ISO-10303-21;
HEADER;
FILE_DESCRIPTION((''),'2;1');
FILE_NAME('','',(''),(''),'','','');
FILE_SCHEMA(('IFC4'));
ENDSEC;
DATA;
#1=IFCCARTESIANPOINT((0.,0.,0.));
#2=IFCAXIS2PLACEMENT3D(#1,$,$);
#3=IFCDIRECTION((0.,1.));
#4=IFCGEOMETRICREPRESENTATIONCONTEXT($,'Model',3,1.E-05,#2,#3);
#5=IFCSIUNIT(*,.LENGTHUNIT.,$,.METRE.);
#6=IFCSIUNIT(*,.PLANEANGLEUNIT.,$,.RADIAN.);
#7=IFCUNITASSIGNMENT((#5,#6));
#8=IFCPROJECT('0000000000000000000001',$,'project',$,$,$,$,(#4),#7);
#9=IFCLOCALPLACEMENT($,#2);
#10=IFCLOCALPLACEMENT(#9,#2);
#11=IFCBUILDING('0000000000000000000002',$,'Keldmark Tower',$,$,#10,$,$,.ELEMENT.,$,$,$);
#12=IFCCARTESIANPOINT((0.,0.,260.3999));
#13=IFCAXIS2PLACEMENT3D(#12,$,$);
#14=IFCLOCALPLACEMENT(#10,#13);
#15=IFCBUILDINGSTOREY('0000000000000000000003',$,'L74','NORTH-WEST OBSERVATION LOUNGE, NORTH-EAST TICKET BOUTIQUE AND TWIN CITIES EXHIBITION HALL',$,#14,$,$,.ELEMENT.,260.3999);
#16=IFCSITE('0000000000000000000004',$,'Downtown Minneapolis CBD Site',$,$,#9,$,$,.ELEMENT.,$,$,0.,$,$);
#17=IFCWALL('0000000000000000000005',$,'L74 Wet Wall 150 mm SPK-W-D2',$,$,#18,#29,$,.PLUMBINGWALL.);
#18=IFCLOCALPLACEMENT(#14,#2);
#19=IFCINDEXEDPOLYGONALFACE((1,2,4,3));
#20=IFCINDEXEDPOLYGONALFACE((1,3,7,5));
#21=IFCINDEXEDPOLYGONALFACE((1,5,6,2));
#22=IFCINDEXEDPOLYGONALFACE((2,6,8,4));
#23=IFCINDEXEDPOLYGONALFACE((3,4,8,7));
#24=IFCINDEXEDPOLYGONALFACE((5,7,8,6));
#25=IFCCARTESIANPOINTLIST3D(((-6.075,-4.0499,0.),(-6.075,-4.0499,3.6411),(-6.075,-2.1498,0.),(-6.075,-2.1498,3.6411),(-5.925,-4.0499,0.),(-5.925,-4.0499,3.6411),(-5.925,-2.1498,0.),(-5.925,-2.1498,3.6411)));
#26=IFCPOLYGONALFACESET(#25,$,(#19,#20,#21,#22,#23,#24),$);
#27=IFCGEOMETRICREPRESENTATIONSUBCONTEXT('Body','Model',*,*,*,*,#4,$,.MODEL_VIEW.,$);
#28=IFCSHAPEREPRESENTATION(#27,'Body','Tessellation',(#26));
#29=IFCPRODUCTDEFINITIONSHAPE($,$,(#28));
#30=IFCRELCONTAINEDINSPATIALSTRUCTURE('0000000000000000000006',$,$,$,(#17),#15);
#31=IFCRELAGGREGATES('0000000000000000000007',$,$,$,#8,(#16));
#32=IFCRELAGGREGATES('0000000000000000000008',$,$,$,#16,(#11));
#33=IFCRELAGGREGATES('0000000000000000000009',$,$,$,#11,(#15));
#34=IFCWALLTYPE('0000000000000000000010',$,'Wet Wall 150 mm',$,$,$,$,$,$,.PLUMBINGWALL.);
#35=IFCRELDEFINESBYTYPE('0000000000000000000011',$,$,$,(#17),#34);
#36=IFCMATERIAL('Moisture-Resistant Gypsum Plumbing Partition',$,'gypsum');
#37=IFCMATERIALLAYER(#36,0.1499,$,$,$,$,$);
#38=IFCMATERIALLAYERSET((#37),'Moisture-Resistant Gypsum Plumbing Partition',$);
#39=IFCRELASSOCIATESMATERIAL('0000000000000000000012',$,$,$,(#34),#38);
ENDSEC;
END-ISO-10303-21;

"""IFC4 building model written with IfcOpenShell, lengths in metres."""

from ifc_helpers import new_model, si_unit, direction, frame, frame_2d, origin, place, context, subcontext, project, spatial, rectangle, extrude, material, layer, layer_set, type_object, element, save


model = new_model("IFC4")

# Units and contexts
model_context = context("Model", 3, precision=1e-05, world=origin(), true_north=direction((0.0, 1.0)))
body_context = subcontext(model_context, "Body", "Model", "MODEL_VIEW")
ifc_project = project(units=[si_unit("LENGTHUNIT", "METRE"), si_unit("PLANEANGLEUNIT", "RADIAN")], contexts=[model_context])

# Site, building, storey
site_placement = place(None, origin())
site = spatial("IfcSite", under=ifc_project, at=site_placement, Name="Downtown Minneapolis CBD Site", CompositionType="ELEMENT", RefElevation=0.0)
building_placement = place(site_placement, origin())
building = spatial("IfcBuilding", under=site, at=building_placement, Name="Keldmark Tower", CompositionType="ELEMENT")
storey_placement = place(building_placement, frame((0.0, 0.0, 260.3999)))
storey = spatial("IfcBuildingStorey", under=building, at=storey_placement, Name="L74", Description="NORTH-WEST OBSERVATION LOUNGE, NORTH-EAST TICKET BOUTIQUE AND TWIN CITIES EXHIBITION HALL", CompositionType="ELEMENT", Elevation=260.3999)

# Wall
ifc_material_1 = material(Name="Moisture-Resistant Gypsum Plumbing Partition", Category="gypsum")
ifc_layer_1 = layer(ifc_material_1, 0.1499)
ifc_layer_set_1 = layer_set([ifc_layer_1], Name="Moisture-Resistant Gypsum Plumbing Partition")
wall_type_1 = type_object("IfcWallType", Name="Wet Wall 150 mm", PredefinedType="PLUMBINGWALL", material=ifc_layer_set_1)
wall_1_placement = place(storey_placement, frame((-6.0, -4.05, 0.0), z_axis=(0.0, 0.0, 1.0), x_axis=(0.0, 1.0, 0.0)))
element("IfcWall", 1, at=wall_1_placement, inside=storey, type_object=wall_type_1, Name="L74 Wet Wall 150 mm SPK-W-D2", PredefinedType="PLUMBINGWALL", context=body_context, shape_type="SweptSolid", body=[
    extrude(rectangle(XDim=1.9001, YDim=0.1499, at=frame_2d((0.9502, 0.0))), origin(), (0.0, 0.0, 1.0), 3.6411),
])

save(model, "model.ifc")
